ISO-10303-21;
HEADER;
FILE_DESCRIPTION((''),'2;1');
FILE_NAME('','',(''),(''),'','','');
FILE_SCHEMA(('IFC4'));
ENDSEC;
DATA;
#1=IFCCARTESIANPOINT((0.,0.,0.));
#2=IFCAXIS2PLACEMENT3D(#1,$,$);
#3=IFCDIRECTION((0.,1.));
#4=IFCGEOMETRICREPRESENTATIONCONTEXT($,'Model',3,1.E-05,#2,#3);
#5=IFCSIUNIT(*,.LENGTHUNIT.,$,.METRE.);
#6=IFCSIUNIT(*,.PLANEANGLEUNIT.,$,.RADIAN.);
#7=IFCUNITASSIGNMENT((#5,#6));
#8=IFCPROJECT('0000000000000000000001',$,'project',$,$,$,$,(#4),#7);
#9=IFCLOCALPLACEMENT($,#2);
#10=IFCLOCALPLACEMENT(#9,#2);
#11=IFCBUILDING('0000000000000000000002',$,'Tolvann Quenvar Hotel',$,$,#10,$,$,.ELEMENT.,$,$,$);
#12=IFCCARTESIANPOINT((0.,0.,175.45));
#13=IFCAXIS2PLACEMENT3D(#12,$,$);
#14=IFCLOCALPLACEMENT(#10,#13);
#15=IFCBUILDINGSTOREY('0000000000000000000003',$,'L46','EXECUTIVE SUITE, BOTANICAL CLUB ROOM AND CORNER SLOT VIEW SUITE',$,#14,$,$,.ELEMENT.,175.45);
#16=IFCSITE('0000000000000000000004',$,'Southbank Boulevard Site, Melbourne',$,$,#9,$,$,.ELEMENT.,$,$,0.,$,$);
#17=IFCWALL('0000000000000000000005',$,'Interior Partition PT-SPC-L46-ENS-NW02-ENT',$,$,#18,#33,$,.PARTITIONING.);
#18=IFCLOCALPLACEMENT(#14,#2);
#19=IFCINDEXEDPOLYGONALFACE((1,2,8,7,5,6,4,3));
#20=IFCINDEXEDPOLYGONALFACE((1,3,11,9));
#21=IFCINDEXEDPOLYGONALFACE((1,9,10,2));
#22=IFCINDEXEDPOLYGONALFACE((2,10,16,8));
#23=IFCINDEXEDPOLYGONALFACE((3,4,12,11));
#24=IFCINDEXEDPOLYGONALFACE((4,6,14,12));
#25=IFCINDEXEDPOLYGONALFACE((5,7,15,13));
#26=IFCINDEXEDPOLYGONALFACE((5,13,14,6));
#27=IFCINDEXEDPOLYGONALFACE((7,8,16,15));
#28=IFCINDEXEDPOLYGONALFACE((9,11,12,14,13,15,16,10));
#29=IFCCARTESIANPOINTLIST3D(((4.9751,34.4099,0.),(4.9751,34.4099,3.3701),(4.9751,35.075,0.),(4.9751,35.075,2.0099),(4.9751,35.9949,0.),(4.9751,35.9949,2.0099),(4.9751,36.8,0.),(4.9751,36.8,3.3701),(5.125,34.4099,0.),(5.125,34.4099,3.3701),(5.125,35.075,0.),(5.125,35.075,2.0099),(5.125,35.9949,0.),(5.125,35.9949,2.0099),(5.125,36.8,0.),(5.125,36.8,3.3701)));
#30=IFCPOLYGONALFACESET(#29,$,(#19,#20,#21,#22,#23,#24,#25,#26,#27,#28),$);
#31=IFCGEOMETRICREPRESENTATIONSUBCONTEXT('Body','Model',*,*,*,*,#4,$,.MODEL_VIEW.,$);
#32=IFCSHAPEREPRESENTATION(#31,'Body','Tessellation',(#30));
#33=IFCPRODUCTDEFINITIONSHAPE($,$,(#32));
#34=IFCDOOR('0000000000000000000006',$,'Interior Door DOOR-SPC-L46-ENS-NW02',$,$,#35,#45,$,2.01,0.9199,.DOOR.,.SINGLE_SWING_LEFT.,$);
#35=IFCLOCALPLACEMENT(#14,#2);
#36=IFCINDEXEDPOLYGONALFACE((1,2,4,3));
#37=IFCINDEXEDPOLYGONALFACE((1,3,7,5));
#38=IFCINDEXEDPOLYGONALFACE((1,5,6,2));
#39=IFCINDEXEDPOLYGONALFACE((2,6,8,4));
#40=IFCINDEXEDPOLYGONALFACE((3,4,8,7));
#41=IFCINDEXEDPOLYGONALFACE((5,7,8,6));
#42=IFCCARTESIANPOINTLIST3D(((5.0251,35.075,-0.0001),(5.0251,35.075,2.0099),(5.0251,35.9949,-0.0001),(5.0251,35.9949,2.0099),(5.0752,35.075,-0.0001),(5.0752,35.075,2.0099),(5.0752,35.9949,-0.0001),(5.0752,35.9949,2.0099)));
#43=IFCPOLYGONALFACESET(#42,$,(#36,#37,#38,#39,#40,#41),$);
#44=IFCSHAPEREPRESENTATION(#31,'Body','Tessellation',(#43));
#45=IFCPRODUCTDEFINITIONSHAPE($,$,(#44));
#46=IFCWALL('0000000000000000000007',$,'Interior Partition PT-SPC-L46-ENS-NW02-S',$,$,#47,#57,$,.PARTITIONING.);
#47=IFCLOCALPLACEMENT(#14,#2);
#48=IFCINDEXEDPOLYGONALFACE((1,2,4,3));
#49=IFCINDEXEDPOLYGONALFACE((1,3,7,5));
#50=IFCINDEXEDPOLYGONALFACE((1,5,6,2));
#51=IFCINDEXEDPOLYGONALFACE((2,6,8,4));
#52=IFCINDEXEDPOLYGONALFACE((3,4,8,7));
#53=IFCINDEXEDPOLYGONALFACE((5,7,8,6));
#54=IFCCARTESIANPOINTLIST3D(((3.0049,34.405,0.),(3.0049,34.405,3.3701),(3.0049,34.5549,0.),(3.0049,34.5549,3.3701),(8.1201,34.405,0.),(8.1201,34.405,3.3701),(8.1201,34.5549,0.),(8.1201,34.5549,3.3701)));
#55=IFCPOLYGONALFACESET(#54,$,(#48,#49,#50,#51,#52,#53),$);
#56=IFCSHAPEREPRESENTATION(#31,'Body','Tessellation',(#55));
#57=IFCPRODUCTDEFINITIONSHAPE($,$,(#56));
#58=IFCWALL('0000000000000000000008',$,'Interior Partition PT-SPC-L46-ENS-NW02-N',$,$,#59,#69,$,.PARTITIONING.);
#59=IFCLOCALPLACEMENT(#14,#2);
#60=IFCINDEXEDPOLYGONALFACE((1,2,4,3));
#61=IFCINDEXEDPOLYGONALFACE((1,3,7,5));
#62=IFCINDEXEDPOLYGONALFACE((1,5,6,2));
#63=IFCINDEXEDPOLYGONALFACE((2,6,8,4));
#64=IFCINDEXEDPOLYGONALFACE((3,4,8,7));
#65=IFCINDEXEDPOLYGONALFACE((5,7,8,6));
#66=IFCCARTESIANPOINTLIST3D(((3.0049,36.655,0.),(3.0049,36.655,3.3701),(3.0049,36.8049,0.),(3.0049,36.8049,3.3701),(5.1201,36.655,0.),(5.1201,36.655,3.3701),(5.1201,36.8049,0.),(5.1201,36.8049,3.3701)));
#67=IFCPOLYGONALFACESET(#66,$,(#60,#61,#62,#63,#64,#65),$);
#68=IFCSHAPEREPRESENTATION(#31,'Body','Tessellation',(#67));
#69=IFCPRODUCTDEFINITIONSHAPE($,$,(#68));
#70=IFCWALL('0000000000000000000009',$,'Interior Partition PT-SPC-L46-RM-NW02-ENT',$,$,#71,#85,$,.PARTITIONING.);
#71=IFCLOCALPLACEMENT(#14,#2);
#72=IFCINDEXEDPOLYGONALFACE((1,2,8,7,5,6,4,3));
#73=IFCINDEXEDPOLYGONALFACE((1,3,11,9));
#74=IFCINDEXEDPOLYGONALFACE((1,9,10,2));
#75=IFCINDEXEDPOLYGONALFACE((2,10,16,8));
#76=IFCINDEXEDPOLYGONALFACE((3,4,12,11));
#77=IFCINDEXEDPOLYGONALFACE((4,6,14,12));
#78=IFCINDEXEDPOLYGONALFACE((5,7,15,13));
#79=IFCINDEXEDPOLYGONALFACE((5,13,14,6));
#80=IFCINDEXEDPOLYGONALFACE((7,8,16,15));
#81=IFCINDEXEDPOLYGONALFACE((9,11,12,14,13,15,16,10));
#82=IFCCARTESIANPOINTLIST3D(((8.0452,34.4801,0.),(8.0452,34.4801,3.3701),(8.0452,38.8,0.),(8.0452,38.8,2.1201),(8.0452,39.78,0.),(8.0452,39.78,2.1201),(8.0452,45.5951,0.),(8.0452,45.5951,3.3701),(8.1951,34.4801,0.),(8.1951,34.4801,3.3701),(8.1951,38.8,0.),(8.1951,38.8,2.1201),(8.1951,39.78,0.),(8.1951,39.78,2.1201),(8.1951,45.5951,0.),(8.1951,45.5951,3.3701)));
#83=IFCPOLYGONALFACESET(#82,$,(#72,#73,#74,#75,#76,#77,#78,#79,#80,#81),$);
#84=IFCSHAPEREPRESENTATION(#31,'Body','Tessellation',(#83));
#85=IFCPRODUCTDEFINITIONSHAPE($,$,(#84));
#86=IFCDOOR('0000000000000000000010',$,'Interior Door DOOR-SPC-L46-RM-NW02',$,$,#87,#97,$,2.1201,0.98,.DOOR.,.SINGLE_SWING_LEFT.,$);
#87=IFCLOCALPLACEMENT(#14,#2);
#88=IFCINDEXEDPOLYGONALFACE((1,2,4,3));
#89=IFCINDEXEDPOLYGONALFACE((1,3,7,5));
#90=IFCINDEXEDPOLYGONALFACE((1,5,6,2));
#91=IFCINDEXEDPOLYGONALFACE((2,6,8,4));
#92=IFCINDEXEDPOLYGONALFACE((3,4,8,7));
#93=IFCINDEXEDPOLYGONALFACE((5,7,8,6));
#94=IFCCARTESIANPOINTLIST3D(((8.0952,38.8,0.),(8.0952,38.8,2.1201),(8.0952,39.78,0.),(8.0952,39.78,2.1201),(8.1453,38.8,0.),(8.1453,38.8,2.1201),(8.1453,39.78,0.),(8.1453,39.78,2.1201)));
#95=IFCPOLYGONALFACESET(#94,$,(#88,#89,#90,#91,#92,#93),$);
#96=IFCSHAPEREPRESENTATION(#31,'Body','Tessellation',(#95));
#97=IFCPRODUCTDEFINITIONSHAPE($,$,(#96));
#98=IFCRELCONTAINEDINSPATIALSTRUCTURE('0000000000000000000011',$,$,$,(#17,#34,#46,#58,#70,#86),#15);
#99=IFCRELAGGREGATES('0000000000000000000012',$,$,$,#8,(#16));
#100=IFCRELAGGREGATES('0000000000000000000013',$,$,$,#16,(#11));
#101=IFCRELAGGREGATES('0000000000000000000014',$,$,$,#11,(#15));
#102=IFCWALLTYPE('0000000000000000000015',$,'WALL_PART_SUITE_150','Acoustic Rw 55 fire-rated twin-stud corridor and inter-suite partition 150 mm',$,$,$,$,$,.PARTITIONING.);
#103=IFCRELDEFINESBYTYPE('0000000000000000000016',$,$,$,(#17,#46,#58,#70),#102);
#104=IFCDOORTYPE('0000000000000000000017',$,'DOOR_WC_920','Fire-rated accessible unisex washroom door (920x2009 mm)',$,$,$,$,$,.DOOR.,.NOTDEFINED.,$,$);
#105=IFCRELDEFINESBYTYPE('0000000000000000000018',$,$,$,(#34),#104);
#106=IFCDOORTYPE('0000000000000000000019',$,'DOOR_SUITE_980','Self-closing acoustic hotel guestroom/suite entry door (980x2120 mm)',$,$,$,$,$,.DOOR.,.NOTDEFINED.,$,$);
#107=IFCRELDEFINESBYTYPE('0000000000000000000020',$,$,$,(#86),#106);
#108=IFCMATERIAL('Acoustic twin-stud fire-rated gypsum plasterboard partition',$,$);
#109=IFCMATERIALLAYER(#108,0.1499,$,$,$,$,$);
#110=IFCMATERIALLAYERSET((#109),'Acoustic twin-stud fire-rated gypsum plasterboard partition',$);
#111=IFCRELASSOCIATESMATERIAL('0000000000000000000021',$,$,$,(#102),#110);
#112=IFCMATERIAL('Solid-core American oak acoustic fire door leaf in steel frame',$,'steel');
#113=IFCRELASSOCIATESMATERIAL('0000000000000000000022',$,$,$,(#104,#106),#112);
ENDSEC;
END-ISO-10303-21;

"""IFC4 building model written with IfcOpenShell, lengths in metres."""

from ifc_helpers import new_model, si_unit, direction, frame, frame_2d, origin, place, context, subcontext, project, spatial, rectangle, extrude, source, transform, mapped, material, layer, layer_set, type_object, type_shapes, element, fill, save


model = new_model("IFC4")

# Units and contexts
model_context = context("Model", 3, precision=1e-05, world=origin(), true_north=direction((0.0, 1.0)))
body_context = subcontext(model_context, "Body", "Model", "MODEL_VIEW")
ifc_project = project(units=[si_unit("LENGTHUNIT", "METRE"), si_unit("PLANEANGLEUNIT", "RADIAN")], contexts=[model_context])

# Site, building, storey
site_placement = place(None, origin())
site = spatial("IfcSite", under=ifc_project, at=site_placement, Name="Southbank Boulevard Site, Melbourne", CompositionType="ELEMENT", RefElevation=0.0)
building_placement = place(site_placement, origin())
building = spatial("IfcBuilding", under=site, at=building_placement, Name="Tolvann Quenvar Hotel", CompositionType="ELEMENT")
storey_placement = place(building_placement, frame((0.0, 0.0, 175.45)))
storey = spatial("IfcBuildingStorey", under=building, at=storey_placement, Name="L46", Description="EXECUTIVE SUITE, BOTANICAL CLUB ROOM AND CORNER SLOT VIEW SUITE", CompositionType="ELEMENT", Elevation=175.45)

# Shared definitions
ifc_material_1 = material(Name="Solid-core American oak acoustic fire door leaf in steel frame", Category="steel")

# Shared definitions
ifc_material_2 = material(Name="Acoustic twin-stud fire-rated gypsum plasterboard partition")

# Wall, opening, door
ifc_layer_1 = layer(ifc_material_2, 0.1499)
ifc_layer_set_1 = layer_set([ifc_layer_1], Name="Acoustic twin-stud fire-rated gypsum plasterboard partition")
wall_type_1 = type_object("IfcWallType", Name="WALL_PART_SUITE_150", Description="Acoustic Rw 55 fire-rated twin-stud corridor and inter-suite partition 150 mm", PredefinedType="PARTITIONING", material=ifc_layer_set_1)
wall_1_placement = place(storey_placement, frame((5.05, 34.4099, 0.0), z_axis=(0.0, 0.0, 1.0), x_axis=(0.0, 1.0, 0.0)))
wall_1 = element("IfcWall", 1, at=wall_1_placement, inside=storey, type_object=wall_type_1, Name="Interior Partition PT-SPC-L46-ENS-NW02-ENT", PredefinedType="PARTITIONING", context=body_context, shape_type="SweptSolid", body=[
    extrude(rectangle(XDim=2.3901, YDim=0.1499, at=frame_2d((1.1951, 0.0))), origin(), (0.0, 0.0, 1.0), 3.3701),
])
opening_1_placement = place(wall_1_placement, frame((0.665, 0.0, 0.0)))
opening_1 = element("IfcOpeningElement", 2, at=opening_1_placement, cuts=wall_1, PredefinedType="OPENING", context=body_context, shape_type="SweptSolid", body=[
    extrude(rectangle(XDim=0.9199, YDim=2.01, at=frame_2d((0.46, 1.0049))), frame((0.0, 0.085, 0.0), z_axis=(0.0, -1.0, 0.0), x_axis=(1.0, 0.0, 0.0)), (0.0, 0.0, 1.0), 0.1699),
])
door_type_1 = type_object("IfcDoorType", Name="DOOR_WC_920", Description="Fire-rated accessible unisex washroom door (920x2009 mm)", OperationType="NOTDEFINED", PredefinedType="DOOR", material=ifc_material_1)
shared_shape_1 = source(origin(), body_context, "Body", "SweptSolid", [
    extrude(rectangle(XDim=0.9199, YDim=2.01, at=frame_2d((0.46, 1.0049))), frame((0.0, 0.0249, 0.0), z_axis=(0.0, -1.0, 0.0), x_axis=(1.0, 0.0, 0.0)), (0.0, 0.0, 1.0), 0.05),
])
type_shapes(door_type_1, [shared_shape_1])
door_1_placement = place(opening_1_placement, origin())
door_1 = element("IfcDoor", 3, at=door_1_placement, inside=storey, type_object=door_type_1, Name="Interior Door DOOR-SPC-L46-ENS-NW02", OperationType="SINGLE_SWING_LEFT", OverallHeight=2.01, OverallWidth=0.9199, PredefinedType="DOOR", context=body_context, shape_type="MappedRepresentation", body=[
    mapped(shared_shape_1, transform((0.0, 0.0, 0.0), x_axis=(1.0, 0.0, 0.0), y_axis=(0.0, 1.0, 0.0), z_axis=(0.0, 0.0, 1.0), scale=1.0)),
])
fill(opening_1, door_1)

# Walls
wall_2_placement = place(storey_placement, frame((3.0049, 34.48, 0.0), z_axis=(0.0, 0.0, 1.0), x_axis=(1.0, 0.0, 0.0)))
element("IfcWall", 4, at=wall_2_placement, inside=storey, type_object=wall_type_1, Name="Interior Partition PT-SPC-L46-ENS-NW02-S", PredefinedType="PARTITIONING", context=body_context, shape_type="SweptSolid", body=[
    extrude(rectangle(XDim=5.1152, YDim=0.1499, at=frame_2d((2.5576, 0.0))), origin(), (0.0, 0.0, 1.0), 3.3701),
])
wall_3_placement = place(storey_placement, frame((3.0049, 36.73, 0.0), z_axis=(0.0, 0.0, 1.0), x_axis=(1.0, 0.0, 0.0)))
element("IfcWall", 5, at=wall_3_placement, inside=storey, type_object=wall_type_1, Name="Interior Partition PT-SPC-L46-ENS-NW02-N", PredefinedType="PARTITIONING", context=body_context, shape_type="SweptSolid", body=[
    extrude(rectangle(XDim=2.1152, YDim=0.1499, at=frame_2d((1.0576, 0.0))), origin(), (0.0, 0.0, 1.0), 3.3701),
])

# Wall, opening, door
wall_4_placement = place(storey_placement, frame((8.1201, 34.48, 0.0), z_axis=(0.0, 0.0, 1.0), x_axis=(0.0, 1.0, 0.0)))
wall_4 = element("IfcWall", 6, at=wall_4_placement, inside=storey, type_object=wall_type_1, Name="Interior Partition PT-SPC-L46-RM-NW02-ENT", PredefinedType="PARTITIONING", context=body_context, shape_type="SweptSolid", body=[
    extrude(rectangle(XDim=11.115, YDim=0.1499, at=frame_2d((5.5576, 0.0))), origin(), (0.0, 0.0, 1.0), 3.3701),
])
opening_2_placement = place(wall_4_placement, frame((4.3201, 0.0, 0.0)))
opening_2 = element("IfcOpeningElement", 7, at=opening_2_placement, cuts=wall_4, PredefinedType="OPENING", context=body_context, shape_type="SweptSolid", body=[
    extrude(rectangle(XDim=0.98, YDim=2.1201, at=frame_2d((0.49, 1.0601))), frame((0.0, 0.085, 0.0), z_axis=(0.0, -1.0, 0.0), x_axis=(1.0, 0.0, 0.0)), (0.0, 0.0, 1.0), 0.1699),
])
door_type_2 = type_object("IfcDoorType", Name="DOOR_SUITE_980", Description="Self-closing acoustic hotel guestroom/suite entry door (980x2120 mm)", OperationType="NOTDEFINED", PredefinedType="DOOR", material=ifc_material_1)
shared_shape_2 = source(origin(), body_context, "Body", "SweptSolid", [
    extrude(rectangle(XDim=0.98, YDim=2.1201, at=frame_2d((0.49, 1.0601))), frame((0.0, 0.0249, 0.0), z_axis=(0.0, -1.0, 0.0), x_axis=(1.0, 0.0, 0.0)), (0.0, 0.0, 1.0), 0.05),
])
type_shapes(door_type_2, [shared_shape_2])
door_2_placement = place(opening_2_placement, origin())
door_2 = element("IfcDoor", 8, at=door_2_placement, inside=storey, type_object=door_type_2, Name="Interior Door DOOR-SPC-L46-RM-NW02", OperationType="SINGLE_SWING_LEFT", OverallHeight=2.1201, OverallWidth=0.98, PredefinedType="DOOR", context=body_context, shape_type="MappedRepresentation", body=[
    mapped(shared_shape_2, transform((0.0, 0.0, 0.0), x_axis=(1.0, 0.0, 0.0), y_axis=(0.0, 1.0, 0.0), z_axis=(0.0, 0.0, 1.0), scale=1.0)),
])
fill(opening_2, door_2)

save(model, "model.ifc")
